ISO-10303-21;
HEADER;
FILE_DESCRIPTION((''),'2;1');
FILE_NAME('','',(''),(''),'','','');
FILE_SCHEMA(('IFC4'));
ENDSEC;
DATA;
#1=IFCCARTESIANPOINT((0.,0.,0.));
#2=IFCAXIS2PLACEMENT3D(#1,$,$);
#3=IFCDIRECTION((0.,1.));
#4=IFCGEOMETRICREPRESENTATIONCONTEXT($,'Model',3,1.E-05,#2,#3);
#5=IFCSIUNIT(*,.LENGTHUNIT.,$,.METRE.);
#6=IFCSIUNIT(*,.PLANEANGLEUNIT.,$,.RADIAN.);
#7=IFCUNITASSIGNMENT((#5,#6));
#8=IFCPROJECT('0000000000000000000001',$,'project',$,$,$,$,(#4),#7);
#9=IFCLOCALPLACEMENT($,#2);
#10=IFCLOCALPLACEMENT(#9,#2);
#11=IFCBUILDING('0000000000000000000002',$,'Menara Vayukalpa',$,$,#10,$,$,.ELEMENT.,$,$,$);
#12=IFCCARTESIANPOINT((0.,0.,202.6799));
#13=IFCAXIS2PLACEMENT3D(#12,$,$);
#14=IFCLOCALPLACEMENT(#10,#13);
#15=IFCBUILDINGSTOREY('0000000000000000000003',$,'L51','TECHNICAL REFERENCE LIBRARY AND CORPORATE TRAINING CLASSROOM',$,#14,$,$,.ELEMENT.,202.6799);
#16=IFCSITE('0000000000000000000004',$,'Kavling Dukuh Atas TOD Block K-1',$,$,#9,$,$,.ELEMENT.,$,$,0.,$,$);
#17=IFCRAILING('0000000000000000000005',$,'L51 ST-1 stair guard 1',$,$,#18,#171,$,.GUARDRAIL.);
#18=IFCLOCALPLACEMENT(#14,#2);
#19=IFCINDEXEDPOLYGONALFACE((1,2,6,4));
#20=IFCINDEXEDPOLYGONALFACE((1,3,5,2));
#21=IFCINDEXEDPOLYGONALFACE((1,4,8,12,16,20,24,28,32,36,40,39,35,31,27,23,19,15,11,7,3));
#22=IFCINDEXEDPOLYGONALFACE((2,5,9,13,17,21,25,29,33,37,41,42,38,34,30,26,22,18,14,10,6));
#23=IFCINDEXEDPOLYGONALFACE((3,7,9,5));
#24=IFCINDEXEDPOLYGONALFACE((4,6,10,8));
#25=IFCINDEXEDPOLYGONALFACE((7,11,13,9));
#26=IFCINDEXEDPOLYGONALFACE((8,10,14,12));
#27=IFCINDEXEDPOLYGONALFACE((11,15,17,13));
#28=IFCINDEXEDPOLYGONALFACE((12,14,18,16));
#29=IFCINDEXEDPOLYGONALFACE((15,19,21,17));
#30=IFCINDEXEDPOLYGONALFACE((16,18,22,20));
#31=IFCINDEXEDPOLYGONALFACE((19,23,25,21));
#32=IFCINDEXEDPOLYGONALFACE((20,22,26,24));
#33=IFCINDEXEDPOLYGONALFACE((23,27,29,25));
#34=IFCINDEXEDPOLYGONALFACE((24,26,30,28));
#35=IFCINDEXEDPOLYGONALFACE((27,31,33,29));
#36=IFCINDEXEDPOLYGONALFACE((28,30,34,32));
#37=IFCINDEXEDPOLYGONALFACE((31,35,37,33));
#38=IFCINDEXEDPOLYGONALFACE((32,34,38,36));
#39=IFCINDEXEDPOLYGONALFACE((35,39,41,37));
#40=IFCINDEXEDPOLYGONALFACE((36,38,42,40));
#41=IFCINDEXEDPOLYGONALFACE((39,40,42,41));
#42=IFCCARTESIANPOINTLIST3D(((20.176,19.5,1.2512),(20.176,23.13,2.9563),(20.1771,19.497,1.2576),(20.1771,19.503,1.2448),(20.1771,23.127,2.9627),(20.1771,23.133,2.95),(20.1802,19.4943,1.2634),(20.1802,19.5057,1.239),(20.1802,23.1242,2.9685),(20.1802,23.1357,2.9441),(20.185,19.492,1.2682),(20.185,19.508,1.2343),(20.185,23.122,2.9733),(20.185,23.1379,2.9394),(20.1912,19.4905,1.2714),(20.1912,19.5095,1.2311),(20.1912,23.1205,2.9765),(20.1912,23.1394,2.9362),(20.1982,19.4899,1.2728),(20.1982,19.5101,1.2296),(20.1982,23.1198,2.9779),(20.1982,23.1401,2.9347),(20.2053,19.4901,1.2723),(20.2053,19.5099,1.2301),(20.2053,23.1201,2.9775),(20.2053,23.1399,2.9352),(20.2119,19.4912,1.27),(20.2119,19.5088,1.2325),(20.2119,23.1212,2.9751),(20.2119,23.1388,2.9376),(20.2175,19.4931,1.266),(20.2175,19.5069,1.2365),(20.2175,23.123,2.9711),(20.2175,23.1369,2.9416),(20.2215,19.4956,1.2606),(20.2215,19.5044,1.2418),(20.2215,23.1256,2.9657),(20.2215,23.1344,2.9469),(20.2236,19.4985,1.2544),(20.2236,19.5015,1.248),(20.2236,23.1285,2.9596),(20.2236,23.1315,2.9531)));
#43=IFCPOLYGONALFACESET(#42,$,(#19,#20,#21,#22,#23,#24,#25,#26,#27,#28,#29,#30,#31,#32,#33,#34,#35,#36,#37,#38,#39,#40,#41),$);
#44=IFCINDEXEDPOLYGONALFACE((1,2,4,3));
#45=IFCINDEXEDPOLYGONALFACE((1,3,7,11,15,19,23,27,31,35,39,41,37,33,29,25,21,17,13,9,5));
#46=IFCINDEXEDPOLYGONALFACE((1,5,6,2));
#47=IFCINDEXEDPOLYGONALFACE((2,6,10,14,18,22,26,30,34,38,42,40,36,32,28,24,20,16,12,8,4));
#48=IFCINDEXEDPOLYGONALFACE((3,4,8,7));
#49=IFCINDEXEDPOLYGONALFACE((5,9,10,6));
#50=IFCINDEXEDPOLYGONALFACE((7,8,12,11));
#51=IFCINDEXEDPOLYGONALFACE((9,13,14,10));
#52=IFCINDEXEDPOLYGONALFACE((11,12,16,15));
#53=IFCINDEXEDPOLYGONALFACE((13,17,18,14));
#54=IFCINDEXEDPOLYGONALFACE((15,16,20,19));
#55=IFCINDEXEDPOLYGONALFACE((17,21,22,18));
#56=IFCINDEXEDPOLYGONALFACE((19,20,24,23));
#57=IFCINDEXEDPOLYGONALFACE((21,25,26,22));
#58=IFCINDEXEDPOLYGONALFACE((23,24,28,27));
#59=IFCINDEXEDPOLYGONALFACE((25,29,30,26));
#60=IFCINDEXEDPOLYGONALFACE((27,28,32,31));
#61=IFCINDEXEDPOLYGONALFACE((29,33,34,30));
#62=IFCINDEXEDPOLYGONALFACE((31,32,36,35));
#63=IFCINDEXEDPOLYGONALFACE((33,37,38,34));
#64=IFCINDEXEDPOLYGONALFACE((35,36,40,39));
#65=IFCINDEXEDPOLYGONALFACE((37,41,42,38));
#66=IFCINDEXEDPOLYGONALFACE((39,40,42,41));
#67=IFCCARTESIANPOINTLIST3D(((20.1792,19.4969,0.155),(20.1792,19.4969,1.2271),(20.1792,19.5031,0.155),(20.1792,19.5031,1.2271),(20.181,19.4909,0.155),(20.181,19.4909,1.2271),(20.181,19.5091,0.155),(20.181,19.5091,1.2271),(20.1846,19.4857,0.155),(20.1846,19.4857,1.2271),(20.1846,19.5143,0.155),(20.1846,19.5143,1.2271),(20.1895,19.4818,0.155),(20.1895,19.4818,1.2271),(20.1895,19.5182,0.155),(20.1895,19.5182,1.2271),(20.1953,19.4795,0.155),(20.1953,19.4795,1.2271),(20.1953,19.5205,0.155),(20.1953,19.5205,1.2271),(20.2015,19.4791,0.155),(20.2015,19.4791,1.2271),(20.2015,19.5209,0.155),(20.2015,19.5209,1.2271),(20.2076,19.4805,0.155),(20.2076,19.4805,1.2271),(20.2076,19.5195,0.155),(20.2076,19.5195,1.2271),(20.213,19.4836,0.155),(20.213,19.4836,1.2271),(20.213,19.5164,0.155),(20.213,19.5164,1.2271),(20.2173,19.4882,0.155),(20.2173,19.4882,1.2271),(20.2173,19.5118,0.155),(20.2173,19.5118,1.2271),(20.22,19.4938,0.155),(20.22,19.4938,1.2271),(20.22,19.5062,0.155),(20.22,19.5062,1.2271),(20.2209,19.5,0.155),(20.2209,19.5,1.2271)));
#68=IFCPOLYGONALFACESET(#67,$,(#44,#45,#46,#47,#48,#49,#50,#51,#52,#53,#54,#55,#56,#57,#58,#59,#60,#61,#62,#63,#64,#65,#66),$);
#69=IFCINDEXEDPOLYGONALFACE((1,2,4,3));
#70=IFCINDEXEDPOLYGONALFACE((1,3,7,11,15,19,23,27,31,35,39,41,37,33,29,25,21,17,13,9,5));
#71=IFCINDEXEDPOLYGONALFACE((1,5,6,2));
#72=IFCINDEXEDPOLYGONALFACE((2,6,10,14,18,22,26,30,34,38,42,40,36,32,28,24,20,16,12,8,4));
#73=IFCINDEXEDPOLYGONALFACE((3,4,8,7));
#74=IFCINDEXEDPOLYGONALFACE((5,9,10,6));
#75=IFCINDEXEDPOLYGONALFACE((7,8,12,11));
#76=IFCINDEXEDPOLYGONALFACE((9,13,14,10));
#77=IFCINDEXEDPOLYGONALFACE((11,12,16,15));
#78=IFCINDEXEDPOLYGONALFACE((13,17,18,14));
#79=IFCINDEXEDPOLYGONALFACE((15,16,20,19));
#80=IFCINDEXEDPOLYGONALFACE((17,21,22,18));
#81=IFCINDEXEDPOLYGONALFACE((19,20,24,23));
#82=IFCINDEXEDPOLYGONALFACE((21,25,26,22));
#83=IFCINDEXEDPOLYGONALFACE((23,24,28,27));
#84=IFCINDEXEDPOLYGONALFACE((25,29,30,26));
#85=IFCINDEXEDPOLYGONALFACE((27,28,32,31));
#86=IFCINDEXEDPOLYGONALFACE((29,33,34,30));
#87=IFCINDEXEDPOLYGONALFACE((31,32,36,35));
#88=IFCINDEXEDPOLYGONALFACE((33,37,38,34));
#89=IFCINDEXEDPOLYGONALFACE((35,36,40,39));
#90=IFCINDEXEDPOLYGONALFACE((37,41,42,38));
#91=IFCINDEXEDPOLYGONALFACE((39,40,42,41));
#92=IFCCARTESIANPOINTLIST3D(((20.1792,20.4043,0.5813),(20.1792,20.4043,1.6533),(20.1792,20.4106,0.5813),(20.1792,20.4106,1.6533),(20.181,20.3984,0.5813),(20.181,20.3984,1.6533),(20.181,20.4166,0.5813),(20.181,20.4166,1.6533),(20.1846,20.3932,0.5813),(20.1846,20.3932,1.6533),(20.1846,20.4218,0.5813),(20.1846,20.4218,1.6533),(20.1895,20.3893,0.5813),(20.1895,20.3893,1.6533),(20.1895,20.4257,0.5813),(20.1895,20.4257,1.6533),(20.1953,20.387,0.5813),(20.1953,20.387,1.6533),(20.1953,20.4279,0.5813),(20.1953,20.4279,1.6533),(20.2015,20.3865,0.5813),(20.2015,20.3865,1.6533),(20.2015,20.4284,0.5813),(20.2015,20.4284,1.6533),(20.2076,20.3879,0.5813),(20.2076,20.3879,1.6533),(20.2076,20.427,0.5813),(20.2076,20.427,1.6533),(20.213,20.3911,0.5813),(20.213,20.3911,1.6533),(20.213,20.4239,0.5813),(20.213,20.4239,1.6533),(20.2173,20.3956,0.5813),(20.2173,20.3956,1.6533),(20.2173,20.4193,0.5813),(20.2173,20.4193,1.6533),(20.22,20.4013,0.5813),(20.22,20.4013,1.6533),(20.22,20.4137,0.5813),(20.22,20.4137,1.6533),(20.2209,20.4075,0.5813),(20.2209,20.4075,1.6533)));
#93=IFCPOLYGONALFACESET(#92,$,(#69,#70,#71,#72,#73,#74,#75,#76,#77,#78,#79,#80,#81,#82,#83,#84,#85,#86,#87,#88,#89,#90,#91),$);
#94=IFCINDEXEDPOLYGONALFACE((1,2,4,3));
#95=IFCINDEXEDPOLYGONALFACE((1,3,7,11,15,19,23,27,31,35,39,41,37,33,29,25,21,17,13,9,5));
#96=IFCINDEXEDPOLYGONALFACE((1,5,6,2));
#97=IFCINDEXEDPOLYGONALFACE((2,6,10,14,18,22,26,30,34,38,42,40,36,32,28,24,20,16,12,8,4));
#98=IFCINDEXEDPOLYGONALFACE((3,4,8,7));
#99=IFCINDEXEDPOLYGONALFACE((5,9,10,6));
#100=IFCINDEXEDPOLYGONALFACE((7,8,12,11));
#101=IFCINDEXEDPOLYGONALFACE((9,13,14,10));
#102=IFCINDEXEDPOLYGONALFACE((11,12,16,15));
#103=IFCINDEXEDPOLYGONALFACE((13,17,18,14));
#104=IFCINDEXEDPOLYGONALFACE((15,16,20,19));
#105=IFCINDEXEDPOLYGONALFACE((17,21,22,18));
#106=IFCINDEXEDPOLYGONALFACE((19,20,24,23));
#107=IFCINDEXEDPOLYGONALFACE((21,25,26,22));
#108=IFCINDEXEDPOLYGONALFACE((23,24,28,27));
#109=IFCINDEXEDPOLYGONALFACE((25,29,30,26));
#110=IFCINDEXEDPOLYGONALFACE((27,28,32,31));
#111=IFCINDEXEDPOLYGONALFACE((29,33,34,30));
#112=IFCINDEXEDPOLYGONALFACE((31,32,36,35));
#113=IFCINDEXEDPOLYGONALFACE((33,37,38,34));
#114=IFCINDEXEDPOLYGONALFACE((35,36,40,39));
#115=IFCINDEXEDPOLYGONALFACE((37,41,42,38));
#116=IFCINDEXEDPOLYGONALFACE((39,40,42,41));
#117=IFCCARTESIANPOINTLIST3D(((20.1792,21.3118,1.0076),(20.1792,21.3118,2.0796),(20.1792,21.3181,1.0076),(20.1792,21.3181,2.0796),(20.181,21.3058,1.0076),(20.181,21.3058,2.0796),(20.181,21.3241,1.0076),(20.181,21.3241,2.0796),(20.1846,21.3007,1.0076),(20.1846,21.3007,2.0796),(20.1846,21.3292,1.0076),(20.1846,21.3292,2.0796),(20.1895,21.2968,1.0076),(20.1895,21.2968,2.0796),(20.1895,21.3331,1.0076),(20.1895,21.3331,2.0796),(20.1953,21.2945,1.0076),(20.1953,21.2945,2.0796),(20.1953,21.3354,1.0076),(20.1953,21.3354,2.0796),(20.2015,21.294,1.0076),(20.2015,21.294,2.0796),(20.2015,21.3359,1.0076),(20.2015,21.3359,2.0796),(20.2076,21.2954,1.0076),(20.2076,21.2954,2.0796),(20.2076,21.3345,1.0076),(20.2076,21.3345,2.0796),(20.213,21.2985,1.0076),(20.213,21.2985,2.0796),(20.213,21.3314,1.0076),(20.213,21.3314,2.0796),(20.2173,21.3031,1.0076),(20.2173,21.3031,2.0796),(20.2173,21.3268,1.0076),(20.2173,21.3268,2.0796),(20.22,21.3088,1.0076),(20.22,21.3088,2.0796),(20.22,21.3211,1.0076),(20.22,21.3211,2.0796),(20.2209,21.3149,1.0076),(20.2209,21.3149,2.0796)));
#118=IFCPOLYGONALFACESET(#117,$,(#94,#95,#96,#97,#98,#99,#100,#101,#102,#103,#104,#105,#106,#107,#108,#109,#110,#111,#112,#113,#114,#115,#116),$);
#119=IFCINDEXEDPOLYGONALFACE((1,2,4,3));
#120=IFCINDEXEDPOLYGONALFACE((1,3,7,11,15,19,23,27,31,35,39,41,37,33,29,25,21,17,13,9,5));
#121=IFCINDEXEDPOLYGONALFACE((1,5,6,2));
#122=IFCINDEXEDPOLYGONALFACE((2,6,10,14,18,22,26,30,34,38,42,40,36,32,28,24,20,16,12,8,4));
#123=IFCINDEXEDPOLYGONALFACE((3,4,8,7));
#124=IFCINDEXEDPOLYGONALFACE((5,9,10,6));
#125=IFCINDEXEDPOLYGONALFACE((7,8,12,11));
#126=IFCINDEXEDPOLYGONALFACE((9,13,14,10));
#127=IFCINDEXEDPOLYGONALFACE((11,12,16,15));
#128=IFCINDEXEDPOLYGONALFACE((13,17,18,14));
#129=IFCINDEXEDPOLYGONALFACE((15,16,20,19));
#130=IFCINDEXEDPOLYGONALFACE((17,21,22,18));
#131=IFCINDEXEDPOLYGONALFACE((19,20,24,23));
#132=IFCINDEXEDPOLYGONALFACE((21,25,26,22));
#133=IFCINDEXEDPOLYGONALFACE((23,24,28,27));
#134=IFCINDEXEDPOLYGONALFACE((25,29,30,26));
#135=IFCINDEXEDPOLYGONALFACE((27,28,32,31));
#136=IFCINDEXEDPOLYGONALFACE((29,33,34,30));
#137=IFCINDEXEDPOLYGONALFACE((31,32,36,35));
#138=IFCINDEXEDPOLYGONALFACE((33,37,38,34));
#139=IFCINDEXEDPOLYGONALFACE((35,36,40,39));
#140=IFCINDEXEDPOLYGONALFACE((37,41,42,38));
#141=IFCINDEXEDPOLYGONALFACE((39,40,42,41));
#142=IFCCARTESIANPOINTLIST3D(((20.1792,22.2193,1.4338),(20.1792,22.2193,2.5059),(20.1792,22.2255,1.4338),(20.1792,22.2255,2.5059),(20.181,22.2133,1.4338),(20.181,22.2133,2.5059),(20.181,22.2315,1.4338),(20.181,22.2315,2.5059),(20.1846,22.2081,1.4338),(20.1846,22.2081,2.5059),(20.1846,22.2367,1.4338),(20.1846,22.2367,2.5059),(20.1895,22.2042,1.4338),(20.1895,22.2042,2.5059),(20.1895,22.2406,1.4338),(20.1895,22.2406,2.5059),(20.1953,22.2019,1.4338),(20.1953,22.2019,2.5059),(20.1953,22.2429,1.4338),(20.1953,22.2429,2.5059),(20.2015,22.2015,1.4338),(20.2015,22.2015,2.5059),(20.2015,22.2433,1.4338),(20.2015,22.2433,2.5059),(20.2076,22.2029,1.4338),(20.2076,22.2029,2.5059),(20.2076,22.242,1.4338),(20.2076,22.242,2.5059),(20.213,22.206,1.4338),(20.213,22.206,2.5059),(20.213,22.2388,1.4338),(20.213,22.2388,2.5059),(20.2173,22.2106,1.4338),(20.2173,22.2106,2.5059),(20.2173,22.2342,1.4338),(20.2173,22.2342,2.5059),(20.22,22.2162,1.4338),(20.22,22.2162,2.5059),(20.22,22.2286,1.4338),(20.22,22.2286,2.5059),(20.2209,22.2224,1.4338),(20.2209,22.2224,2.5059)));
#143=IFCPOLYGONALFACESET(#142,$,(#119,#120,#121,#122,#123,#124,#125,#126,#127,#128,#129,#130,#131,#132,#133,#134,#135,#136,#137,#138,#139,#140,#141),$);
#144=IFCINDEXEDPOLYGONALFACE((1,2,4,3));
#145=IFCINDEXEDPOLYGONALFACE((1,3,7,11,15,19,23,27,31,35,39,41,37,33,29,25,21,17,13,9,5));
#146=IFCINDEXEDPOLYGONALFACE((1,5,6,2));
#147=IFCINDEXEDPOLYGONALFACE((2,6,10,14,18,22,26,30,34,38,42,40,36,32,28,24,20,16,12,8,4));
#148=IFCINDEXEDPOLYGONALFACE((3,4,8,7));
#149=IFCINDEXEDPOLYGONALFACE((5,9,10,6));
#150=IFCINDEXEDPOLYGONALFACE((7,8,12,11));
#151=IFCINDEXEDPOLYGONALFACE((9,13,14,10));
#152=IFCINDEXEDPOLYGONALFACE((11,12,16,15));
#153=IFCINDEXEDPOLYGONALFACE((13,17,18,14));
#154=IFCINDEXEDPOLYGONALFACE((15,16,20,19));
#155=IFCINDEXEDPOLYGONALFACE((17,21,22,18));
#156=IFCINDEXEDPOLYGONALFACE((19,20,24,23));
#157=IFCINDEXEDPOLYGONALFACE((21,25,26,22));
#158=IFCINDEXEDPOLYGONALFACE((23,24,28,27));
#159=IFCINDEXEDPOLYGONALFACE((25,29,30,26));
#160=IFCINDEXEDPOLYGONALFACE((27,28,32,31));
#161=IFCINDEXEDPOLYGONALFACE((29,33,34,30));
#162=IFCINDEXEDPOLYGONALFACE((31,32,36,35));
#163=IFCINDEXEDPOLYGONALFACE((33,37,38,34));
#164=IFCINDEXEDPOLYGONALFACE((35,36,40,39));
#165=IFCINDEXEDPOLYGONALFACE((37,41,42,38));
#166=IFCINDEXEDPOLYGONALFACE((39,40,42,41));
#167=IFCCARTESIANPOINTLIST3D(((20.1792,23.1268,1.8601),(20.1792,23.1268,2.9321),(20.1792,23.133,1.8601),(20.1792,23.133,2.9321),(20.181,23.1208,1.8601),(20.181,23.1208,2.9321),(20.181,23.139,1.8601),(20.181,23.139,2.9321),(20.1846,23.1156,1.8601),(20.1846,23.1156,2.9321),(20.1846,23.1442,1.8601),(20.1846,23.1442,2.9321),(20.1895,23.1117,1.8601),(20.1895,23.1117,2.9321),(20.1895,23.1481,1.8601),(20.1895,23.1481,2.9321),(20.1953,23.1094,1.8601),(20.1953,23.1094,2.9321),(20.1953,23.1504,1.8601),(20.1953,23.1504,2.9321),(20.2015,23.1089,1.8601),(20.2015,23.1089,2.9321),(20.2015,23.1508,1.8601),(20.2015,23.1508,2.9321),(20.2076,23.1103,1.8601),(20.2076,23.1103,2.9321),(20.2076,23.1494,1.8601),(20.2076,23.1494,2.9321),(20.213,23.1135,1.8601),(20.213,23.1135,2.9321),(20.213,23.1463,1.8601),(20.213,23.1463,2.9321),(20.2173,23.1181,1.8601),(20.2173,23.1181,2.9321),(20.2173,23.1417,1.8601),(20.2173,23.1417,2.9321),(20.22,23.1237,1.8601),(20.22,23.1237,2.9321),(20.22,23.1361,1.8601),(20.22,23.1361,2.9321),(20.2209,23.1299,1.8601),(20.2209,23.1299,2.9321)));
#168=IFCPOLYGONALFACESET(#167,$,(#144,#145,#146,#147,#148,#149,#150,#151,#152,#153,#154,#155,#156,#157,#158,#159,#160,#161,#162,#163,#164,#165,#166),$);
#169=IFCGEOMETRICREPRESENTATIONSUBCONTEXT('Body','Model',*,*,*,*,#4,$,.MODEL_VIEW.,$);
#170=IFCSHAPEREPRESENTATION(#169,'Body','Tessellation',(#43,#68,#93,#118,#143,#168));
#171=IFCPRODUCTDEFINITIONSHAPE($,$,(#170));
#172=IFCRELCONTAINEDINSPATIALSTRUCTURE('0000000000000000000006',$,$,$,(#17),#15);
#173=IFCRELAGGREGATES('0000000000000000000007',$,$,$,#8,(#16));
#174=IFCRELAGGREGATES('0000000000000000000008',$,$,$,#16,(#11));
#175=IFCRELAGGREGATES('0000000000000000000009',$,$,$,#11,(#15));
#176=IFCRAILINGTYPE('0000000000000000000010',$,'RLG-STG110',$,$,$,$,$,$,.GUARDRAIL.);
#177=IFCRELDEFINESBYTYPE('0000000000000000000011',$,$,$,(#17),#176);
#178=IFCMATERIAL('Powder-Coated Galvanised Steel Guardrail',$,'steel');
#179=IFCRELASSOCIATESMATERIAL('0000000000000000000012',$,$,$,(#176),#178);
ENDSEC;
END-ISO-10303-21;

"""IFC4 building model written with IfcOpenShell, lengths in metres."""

from ifc_helpers import new_model, si_unit, direction, frame, origin, origin_2d, place, context, subcontext, project, spatial, circle, extrude, material, type_object, element, save


model = new_model("IFC4")

# Units and contexts
model_context = context("Model", 3, precision=1e-05, world=origin(), true_north=direction((0.0, 1.0)))
body_context = subcontext(model_context, "Body", "Model", "MODEL_VIEW")
ifc_project = project(units=[si_unit("LENGTHUNIT", "METRE"), si_unit("PLANEANGLEUNIT", "RADIAN")], contexts=[model_context])

# Site, building, storey
site_placement = place(None, origin())
site = spatial("IfcSite", under=ifc_project, at=site_placement, Name="Kavling Dukuh Atas TOD Block K-1", CompositionType="ELEMENT", RefElevation=0.0)
building_placement = place(site_placement, origin())
building = spatial("IfcBuilding", under=site, at=building_placement, Name="Menara Vayukalpa", CompositionType="ELEMENT")
storey_placement = place(building_placement, frame((0.0, 0.0, 202.6799)))
storey = spatial("IfcBuildingStorey", under=building, at=storey_placement, Name="L51", Description="TECHNICAL REFERENCE LIBRARY AND CORPORATE TRAINING CLASSROOM", CompositionType="ELEMENT", Elevation=202.6799)

# Railing
ifc_material_1 = material(Name="Powder-Coated Galvanised Steel Guardrail", Category="steel")
railing_type_1 = type_object("IfcRailingType", Name="RLG-STG110", PredefinedType="GUARDRAIL", material=ifc_material_1)
railing_1_placement = place(storey_placement, frame((20.2, 19.5, 0.155)))
element("IfcRailing", 1, at=railing_1_placement, inside=storey, type_object=railing_type_1, Name="L51 ST-1 stair guard 1", PredefinedType="GUARDRAIL", context=body_context, shape_type="SweptSolid", body=[
    extrude(circle(Radius=0.0239, at=origin_2d()), frame((0.0, 0.0, 1.0962), z_axis=(0.0, 0.905116, 0.425164), x_axis=(-1.0, 0.0, 0.0)), (0.0, 0.0, 1.0), 4.0105),
    extrude(circle(Radius=0.021, at=origin_2d()), origin(), (0.0, 0.0, 1.0), 1.072),
    extrude(circle(Radius=0.021, at=origin_2d()), frame((0.0, 0.9075, 0.4263)), (0.0, 0.0, 1.0), 1.072),
    extrude(circle(Radius=0.021, at=origin_2d()), frame((0.0, 1.8149, 0.8525)), (0.0, 0.0, 1.0), 1.072),
    extrude(circle(Radius=0.021, at=origin_2d()), frame((0.0, 2.7224, 1.2788)), (0.0, 0.0, 1.0), 1.072),
    extrude(circle(Radius=0.021, at=origin_2d()), frame((0.0, 3.6299, 1.7051)), (0.0, 0.0, 1.0), 1.072),
])

save(model, "model.ifc")
